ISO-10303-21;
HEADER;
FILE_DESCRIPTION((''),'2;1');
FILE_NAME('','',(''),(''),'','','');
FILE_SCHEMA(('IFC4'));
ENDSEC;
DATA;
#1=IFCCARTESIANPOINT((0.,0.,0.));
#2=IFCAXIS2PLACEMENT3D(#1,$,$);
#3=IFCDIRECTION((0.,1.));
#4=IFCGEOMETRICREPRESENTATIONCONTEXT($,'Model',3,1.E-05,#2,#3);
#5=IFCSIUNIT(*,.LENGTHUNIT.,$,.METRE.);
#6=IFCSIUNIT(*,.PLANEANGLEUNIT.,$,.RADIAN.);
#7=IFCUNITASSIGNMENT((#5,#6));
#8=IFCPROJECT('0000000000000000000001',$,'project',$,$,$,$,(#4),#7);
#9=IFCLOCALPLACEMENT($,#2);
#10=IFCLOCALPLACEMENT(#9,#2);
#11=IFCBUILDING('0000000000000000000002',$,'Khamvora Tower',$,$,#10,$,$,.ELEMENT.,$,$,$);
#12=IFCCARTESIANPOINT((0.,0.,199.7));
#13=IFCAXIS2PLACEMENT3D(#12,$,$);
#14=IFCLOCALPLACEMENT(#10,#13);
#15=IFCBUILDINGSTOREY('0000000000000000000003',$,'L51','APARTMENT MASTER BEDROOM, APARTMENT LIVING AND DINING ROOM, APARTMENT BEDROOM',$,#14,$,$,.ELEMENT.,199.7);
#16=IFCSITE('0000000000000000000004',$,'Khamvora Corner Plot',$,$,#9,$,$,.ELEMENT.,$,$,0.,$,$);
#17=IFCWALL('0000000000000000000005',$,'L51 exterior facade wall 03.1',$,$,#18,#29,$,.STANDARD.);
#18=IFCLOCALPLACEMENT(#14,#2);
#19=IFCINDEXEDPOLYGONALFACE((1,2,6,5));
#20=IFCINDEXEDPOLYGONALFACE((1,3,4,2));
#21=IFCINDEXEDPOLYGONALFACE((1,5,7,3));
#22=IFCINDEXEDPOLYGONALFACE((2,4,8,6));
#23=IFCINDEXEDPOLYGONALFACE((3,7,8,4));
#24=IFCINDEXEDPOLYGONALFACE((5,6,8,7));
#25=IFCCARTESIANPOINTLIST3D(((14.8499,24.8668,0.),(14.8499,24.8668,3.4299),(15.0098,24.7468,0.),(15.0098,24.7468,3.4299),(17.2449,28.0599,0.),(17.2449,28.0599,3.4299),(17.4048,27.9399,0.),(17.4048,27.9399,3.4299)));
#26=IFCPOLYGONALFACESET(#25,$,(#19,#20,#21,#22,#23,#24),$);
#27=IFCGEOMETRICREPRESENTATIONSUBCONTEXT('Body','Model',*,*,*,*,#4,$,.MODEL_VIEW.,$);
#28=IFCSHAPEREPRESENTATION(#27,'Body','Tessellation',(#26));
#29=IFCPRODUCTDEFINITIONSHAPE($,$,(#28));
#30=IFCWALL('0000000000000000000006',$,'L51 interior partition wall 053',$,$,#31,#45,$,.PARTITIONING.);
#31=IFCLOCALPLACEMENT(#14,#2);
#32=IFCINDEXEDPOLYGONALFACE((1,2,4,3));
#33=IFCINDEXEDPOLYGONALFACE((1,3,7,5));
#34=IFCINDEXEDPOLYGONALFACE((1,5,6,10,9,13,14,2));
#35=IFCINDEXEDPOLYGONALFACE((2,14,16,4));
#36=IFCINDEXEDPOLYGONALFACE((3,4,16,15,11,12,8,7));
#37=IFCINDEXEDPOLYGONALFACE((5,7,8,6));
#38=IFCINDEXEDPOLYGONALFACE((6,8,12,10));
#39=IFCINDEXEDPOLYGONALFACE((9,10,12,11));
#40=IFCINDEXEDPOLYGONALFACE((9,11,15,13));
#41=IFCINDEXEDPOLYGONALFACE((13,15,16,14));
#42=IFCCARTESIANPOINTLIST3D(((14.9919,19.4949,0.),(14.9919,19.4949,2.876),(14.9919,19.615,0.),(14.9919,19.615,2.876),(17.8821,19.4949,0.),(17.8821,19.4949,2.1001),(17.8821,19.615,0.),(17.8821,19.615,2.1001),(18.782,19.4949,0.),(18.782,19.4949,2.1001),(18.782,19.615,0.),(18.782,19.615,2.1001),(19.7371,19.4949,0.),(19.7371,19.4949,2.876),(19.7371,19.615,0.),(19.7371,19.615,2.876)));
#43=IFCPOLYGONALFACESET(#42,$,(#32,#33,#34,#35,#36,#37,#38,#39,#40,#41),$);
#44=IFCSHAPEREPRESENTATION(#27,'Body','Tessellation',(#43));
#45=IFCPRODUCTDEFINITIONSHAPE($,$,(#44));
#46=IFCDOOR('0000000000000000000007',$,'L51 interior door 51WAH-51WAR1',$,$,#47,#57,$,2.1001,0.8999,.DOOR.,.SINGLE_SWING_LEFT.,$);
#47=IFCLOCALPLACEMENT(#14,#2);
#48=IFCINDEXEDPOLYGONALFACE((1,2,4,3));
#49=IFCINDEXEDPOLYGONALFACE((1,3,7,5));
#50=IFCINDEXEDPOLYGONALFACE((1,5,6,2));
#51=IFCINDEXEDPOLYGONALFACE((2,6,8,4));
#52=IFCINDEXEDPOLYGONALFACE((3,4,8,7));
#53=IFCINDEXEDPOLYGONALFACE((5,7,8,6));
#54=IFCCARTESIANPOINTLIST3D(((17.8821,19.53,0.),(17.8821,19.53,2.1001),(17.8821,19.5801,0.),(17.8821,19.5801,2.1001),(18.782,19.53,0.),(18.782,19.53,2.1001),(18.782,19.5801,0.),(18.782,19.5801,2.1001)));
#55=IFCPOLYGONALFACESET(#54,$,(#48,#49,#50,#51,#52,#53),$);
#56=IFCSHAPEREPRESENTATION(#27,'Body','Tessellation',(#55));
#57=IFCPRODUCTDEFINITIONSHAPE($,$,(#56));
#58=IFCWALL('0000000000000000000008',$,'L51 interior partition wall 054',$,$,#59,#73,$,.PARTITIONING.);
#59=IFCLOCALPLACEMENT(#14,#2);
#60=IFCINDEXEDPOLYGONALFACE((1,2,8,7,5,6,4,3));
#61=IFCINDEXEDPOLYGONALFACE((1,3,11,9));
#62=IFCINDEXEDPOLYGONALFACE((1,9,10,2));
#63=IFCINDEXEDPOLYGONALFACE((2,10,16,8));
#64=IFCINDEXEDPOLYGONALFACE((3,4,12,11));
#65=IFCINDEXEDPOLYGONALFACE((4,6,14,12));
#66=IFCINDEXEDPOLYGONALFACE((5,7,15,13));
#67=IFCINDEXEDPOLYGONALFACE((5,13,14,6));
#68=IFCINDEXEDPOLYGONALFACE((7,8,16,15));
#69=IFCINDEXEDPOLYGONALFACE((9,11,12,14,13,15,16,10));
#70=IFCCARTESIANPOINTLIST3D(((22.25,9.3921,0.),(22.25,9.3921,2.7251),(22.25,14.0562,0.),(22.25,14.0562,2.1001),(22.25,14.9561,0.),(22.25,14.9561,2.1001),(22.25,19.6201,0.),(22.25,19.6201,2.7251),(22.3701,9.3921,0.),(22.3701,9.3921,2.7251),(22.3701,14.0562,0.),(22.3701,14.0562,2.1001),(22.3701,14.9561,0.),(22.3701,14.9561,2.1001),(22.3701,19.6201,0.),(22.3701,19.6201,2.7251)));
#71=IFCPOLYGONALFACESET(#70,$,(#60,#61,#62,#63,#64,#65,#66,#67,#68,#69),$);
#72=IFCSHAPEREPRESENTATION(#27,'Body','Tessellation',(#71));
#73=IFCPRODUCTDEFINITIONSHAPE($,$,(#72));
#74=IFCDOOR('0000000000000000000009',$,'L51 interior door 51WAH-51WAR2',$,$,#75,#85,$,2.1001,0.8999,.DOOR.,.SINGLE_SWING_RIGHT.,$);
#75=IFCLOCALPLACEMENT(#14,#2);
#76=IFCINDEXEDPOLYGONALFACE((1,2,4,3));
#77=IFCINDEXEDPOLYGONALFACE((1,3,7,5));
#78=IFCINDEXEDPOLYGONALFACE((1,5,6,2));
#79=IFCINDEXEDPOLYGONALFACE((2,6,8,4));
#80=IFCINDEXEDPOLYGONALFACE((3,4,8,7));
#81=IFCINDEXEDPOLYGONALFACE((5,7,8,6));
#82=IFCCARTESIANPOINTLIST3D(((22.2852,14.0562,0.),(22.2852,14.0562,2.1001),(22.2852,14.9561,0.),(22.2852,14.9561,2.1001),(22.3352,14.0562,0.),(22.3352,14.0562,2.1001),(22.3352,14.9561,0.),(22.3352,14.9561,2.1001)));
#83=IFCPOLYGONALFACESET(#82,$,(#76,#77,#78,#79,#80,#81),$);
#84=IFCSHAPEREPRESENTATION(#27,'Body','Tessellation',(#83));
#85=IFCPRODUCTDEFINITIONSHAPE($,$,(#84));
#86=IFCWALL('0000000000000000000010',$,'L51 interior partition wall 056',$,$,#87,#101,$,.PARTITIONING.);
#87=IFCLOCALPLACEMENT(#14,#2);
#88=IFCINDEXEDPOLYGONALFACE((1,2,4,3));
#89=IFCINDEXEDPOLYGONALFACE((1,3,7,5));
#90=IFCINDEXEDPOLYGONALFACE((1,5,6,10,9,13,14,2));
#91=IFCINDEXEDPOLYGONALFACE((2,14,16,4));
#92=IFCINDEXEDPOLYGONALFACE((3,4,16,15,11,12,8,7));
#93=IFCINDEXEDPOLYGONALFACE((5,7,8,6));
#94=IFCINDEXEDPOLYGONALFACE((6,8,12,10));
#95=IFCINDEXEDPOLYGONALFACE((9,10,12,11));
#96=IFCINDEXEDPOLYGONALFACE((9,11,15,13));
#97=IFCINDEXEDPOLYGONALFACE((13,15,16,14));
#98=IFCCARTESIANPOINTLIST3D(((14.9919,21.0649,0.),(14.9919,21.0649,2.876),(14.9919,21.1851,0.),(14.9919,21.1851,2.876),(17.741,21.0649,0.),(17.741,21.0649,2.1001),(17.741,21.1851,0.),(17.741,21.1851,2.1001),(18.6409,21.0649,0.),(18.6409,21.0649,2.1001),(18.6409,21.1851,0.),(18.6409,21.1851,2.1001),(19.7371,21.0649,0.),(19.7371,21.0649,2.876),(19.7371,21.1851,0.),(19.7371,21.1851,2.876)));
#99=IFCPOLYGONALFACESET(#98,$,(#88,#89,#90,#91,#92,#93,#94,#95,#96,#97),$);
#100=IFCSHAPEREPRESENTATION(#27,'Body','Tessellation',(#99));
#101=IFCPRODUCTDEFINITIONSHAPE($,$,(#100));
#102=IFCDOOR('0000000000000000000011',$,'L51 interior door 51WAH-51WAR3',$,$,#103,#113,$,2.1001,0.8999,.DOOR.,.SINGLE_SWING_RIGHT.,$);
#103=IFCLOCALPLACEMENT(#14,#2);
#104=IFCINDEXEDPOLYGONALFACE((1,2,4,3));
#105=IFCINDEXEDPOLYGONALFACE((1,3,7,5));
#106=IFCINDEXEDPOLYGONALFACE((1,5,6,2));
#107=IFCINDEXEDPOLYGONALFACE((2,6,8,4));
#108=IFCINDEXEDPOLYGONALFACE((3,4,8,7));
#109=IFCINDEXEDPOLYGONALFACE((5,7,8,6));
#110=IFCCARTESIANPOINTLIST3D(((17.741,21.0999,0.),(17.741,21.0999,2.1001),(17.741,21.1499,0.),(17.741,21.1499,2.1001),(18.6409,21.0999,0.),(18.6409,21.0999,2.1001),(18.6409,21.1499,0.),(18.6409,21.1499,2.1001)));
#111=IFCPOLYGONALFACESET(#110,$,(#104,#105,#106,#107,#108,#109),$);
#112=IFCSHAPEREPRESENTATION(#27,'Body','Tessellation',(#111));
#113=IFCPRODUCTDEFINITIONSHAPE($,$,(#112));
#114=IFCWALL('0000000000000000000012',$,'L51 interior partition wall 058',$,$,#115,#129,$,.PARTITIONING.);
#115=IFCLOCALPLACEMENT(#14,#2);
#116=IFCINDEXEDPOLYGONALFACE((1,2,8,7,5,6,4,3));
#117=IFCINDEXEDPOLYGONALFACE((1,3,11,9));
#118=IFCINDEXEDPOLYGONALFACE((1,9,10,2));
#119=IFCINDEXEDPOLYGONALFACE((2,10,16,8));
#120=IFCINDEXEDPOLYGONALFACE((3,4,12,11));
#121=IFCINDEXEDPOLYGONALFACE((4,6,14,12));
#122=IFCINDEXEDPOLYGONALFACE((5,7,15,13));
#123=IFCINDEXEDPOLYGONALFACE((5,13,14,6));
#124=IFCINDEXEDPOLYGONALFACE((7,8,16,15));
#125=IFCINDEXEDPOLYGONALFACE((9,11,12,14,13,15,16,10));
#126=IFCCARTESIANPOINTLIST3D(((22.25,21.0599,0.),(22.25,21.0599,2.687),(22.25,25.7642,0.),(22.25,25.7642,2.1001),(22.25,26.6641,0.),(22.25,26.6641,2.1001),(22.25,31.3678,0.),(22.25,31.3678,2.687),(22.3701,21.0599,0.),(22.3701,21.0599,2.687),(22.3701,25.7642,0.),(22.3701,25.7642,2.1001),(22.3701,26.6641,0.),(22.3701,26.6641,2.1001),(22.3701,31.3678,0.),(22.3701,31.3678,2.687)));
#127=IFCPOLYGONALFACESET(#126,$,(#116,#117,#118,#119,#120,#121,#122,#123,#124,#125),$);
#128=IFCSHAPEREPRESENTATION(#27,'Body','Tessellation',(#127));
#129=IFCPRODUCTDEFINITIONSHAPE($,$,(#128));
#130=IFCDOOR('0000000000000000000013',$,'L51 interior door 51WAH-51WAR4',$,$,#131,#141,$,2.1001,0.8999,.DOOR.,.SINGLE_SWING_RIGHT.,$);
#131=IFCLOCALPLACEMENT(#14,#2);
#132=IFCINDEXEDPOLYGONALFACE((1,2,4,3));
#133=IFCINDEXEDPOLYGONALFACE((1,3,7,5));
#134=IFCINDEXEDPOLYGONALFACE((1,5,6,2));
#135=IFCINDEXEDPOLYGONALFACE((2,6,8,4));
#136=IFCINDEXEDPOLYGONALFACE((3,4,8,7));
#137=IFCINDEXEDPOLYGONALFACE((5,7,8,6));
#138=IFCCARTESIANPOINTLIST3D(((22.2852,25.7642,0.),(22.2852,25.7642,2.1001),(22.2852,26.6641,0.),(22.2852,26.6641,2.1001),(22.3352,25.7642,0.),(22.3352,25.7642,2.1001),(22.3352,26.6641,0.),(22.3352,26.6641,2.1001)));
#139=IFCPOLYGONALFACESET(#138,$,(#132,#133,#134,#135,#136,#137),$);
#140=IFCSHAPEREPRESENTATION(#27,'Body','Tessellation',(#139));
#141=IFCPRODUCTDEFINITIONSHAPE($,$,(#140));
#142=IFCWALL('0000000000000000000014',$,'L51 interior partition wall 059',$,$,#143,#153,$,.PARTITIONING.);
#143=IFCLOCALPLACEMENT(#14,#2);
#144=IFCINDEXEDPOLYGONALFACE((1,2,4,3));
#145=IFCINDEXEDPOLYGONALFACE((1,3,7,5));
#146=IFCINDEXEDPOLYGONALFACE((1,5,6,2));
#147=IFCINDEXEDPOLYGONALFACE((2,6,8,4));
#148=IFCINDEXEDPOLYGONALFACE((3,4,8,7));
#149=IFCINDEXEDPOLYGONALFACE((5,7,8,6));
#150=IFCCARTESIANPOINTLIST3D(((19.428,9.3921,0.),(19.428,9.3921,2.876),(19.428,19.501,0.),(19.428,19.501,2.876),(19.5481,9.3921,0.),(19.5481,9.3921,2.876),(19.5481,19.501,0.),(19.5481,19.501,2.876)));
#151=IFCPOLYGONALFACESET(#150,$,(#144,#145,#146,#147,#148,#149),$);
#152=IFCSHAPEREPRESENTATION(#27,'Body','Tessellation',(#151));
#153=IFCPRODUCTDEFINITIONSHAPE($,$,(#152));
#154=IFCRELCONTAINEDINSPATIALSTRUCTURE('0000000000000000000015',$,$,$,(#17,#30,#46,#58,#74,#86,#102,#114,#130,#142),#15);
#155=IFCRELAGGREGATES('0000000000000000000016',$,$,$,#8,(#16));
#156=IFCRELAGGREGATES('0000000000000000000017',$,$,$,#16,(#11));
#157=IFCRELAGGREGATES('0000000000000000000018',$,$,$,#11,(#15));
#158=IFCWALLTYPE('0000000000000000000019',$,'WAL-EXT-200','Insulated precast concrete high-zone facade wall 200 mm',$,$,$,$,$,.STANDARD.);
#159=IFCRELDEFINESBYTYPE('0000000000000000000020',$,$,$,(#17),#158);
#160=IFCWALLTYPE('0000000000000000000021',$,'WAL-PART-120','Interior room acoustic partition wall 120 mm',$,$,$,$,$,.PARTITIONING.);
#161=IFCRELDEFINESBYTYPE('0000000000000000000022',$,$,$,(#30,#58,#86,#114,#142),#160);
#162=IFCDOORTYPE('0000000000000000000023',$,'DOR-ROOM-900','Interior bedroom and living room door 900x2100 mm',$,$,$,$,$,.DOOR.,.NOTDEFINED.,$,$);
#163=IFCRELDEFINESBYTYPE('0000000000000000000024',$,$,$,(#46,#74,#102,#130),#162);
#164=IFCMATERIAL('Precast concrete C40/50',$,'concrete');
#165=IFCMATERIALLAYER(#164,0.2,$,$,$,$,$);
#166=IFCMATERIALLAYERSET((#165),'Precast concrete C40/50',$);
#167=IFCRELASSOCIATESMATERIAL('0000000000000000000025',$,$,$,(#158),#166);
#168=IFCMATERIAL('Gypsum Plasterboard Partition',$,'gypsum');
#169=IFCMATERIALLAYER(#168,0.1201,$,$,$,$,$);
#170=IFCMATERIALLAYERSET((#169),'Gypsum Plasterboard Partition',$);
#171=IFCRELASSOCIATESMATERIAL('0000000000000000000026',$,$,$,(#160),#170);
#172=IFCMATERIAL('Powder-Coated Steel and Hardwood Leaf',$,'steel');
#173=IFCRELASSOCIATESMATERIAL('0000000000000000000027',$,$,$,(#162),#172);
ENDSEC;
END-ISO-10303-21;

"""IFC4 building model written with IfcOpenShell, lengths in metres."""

from ifc_helpers import new_model, si_unit, direction, frame, frame_2d, origin, place, context, subcontext, project, spatial, rectangle, extrude, material, layer, layer_set, type_object, element, fill, save


model = new_model("IFC4")

# Units and contexts
model_context = context("Model", 3, precision=1e-05, world=origin(), true_north=direction((0.0, 1.0)))
body_context = subcontext(model_context, "Body", "Model", "MODEL_VIEW")
ifc_project = project(units=[si_unit("LENGTHUNIT", "METRE"), si_unit("PLANEANGLEUNIT", "RADIAN")], contexts=[model_context])

# Site, building, storey
site_placement = place(None, origin())
site = spatial("IfcSite", under=ifc_project, at=site_placement, Name="Khamvora Corner Plot", CompositionType="ELEMENT", RefElevation=0.0)
building_placement = place(site_placement, origin())
building = spatial("IfcBuilding", under=site, at=building_placement, Name="Khamvora Tower", CompositionType="ELEMENT")
storey_placement = place(building_placement, frame((0.0, 0.0, 199.7)))
storey = spatial("IfcBuildingStorey", under=building, at=storey_placement, Name="L51", Description="APARTMENT MASTER BEDROOM, APARTMENT LIVING AND DINING ROOM, APARTMENT BEDROOM", CompositionType="ELEMENT", Elevation=199.7)

# Shared definitions
ifc_material_1 = material(Name="Precast concrete C40/50", Category="concrete")
ifc_layer_1 = layer(ifc_material_1, 0.2)
ifc_layer_set_1 = layer_set([ifc_layer_1], Name="Precast concrete C40/50")
wall_type_1 = type_object("IfcWallType", Name="WAL-EXT-200", Description="Insulated precast concrete high-zone facade wall 200 mm", PredefinedType="STANDARD", material=ifc_layer_set_1)

# Wall
wall_1_placement = place(storey_placement, frame((14.9299, 24.8069, 0.0), z_axis=(0.0, 0.0, 1.0), x_axis=(0.600029, 0.799978, 0.0)))
element("IfcWall", 1, at=wall_1_placement, inside=storey, type_object=wall_type_1, Name="L51 exterior facade wall 03.1", PredefinedType="STANDARD", context=body_context, shape_type="SweptSolid", body=[
    extrude(rectangle(XDim=3.9915, YDim=0.2, at=frame_2d((1.9956, 0.0))), origin(), (0.0, 0.0, 1.0), 3.4299),
])

# Walls, openings, doors
ifc_material_2 = material(Name="Gypsum Plasterboard Partition", Category="gypsum")
ifc_layer_2 = layer(ifc_material_2, 0.1201)
ifc_layer_set_2 = layer_set([ifc_layer_2], Name="Gypsum Plasterboard Partition")
wall_type_2 = type_object("IfcWallType", Name="WAL-PART-120", Description="Interior room acoustic partition wall 120 mm", PredefinedType="PARTITIONING", material=ifc_layer_set_2)
wall_2_placement = place(storey_placement, frame((19.7371, 19.5549, 0.0), z_axis=(0.0, 0.0, 1.0), x_axis=(-1.0, 0.0, 0.0)))
wall_2 = element("IfcWall", 2, at=wall_2_placement, inside=storey, type_object=wall_type_2, Name="L51 interior partition wall 053", PredefinedType="PARTITIONING", context=body_context, shape_type="SweptSolid", body=[
    extrude(rectangle(XDim=4.7451, YDim=0.1201, at=frame_2d((2.3726, 0.0))), origin(), (0.0, 0.0, 1.0), 2.876),
])
opening_1_placement = place(wall_2_placement, frame((0.9551, 0.0, 0.0)))
opening_1 = element("IfcOpeningElement", 3, at=opening_1_placement, cuts=wall_2, PredefinedType="OPENING", context=body_context, shape_type="SweptSolid", body=[
    extrude(rectangle(XDim=0.8999, YDim=2.1001, at=frame_2d((0.45, 1.05))), frame((0.0, 0.0701, 0.0), z_axis=(0.0, -1.0, 0.0), x_axis=(1.0, 0.0, 0.0)), (0.0, 0.0, 1.0), 0.1401),
])
ifc_material_3 = material(Name="Powder-Coated Steel and Hardwood Leaf", Category="steel")
door_type = type_object("IfcDoorType", Name="DOR-ROOM-900", Description="Interior bedroom and living room door 900x2100 mm", OperationType="NOTDEFINED", PredefinedType="DOOR", material=ifc_material_3)
door_1_placement = place(opening_1_placement, origin())
door_1 = element("IfcDoor", 4, at=door_1_placement, inside=storey, type_object=door_type, Name="L51 interior door 51WAH-51WAR1", OperationType="SINGLE_SWING_LEFT", OverallHeight=2.1001, OverallWidth=0.8999, PredefinedType="DOOR", context=body_context, shape_type="SweptSolid", body=[
    extrude(rectangle(XDim=0.8999, YDim=2.1001, at=frame_2d((0.45, 1.05))), frame((0.0, 0.0249, 0.0), z_axis=(0.0, -1.0, 0.0), x_axis=(1.0, 0.0, 0.0)), (0.0, 0.0, 1.0), 0.05),
])
fill(opening_1, door_1)
wall_3_placement = place(storey_placement, frame((22.3101, 9.3921, 0.0), z_axis=(0.0, 0.0, 1.0), x_axis=(0.0, 1.0, 0.0)))
wall_3 = element("IfcWall", 5, at=wall_3_placement, inside=storey, type_object=wall_type_2, Name="L51 interior partition wall 054", PredefinedType="PARTITIONING", context=body_context, shape_type="SweptSolid", body=[
    extrude(rectangle(XDim=10.228, YDim=0.1201, at=frame_2d((5.114, 0.0))), origin(), (0.0, 0.0, 1.0), 2.7251),
])
opening_2_placement = place(wall_3_placement, frame((4.6641, 0.0, 0.0)))
opening_2 = element("IfcOpeningElement", 6, at=opening_2_placement, cuts=wall_3, PredefinedType="OPENING", context=body_context, shape_type="SweptSolid", body=[
    extrude(rectangle(XDim=0.8999, YDim=2.1001, at=frame_2d((0.45, 1.05))), frame((0.0, 0.0701, 0.0), z_axis=(0.0, -1.0, 0.0), x_axis=(1.0, 0.0, 0.0)), (0.0, 0.0, 1.0), 0.1401),
])
door_2_placement = place(opening_2_placement, origin())
door_2 = element("IfcDoor", 7, at=door_2_placement, inside=storey, type_object=door_type, Name="L51 interior door 51WAH-51WAR2", OperationType="SINGLE_SWING_RIGHT", OverallHeight=2.1001, OverallWidth=0.8999, PredefinedType="DOOR", context=body_context, shape_type="SweptSolid", body=[
    extrude(rectangle(XDim=0.8999, YDim=2.1001, at=frame_2d((0.45, 1.05))), frame((0.0, 0.0249, 0.0), z_axis=(0.0, -1.0, 0.0), x_axis=(1.0, 0.0, 0.0)), (0.0, 0.0, 1.0), 0.05),
])
fill(opening_2, door_2)
wall_4_placement = place(storey_placement, frame((14.9919, 21.125, 0.0), z_axis=(0.0, 0.0, 1.0), x_axis=(1.0, 0.0, 0.0)))
wall_4 = element("IfcWall", 8, at=wall_4_placement, inside=storey, type_object=wall_type_2, Name="L51 interior partition wall 056", PredefinedType="PARTITIONING", context=body_context, shape_type="SweptSolid", body=[
    extrude(rectangle(XDim=4.7451, YDim=0.1201, at=frame_2d((2.3726, 0.0))), origin(), (0.0, 0.0, 1.0), 2.876),
])
opening_3_placement = place(wall_4_placement, frame((2.749, 0.0, 0.0)))
opening_3 = element("IfcOpeningElement", 9, at=opening_3_placement, cuts=wall_4, PredefinedType="OPENING", context=body_context, shape_type="SweptSolid", body=[
    extrude(rectangle(XDim=0.8999, YDim=2.1001, at=frame_2d((0.45, 1.05))), frame((0.0, 0.0701, 0.0), z_axis=(0.0, -1.0, 0.0), x_axis=(1.0, 0.0, 0.0)), (0.0, 0.0, 1.0), 0.1401),
])
door_3_placement = place(opening_3_placement, origin())
door_3 = element("IfcDoor", 10, at=door_3_placement, inside=storey, type_object=door_type, Name="L51 interior door 51WAH-51WAR3", OperationType="SINGLE_SWING_RIGHT", OverallHeight=2.1001, OverallWidth=0.8999, PredefinedType="DOOR", context=body_context, shape_type="SweptSolid", body=[
    extrude(rectangle(XDim=0.8999, YDim=2.1001, at=frame_2d((0.45, 1.05))), frame((0.0, 0.0249, 0.0), z_axis=(0.0, -1.0, 0.0), x_axis=(1.0, 0.0, 0.0)), (0.0, 0.0, 1.0), 0.05),
])
fill(opening_3, door_3)

# Wall, opening, door
wall_5_placement = place(storey_placement, frame((22.3101, 21.0601, 0.0), z_axis=(0.0, 0.0, 1.0), x_axis=(0.0, 1.0, 0.0)))
wall_5 = element("IfcWall", 11, at=wall_5_placement, inside=storey, type_object=wall_type_2, Name="L51 interior partition wall 058", PredefinedType="PARTITIONING", context=body_context, shape_type="SweptSolid", body=[
    extrude(rectangle(XDim=10.3079, YDim=0.1201, at=frame_2d((5.1538, 0.0))), origin(), (0.0, 0.0, 1.0), 2.687),
])
opening_4_placement = place(wall_5_placement, frame((4.7041, 0.0, 0.0)))
opening_4 = element("IfcOpeningElement", 12, at=opening_4_placement, cuts=wall_5, PredefinedType="OPENING", context=body_context, shape_type="SweptSolid", body=[
    extrude(rectangle(XDim=0.8999, YDim=2.1001, at=frame_2d((0.45, 1.05))), frame((0.0, 0.0701, 0.0), z_axis=(0.0, -1.0, 0.0), x_axis=(1.0, 0.0, 0.0)), (0.0, 0.0, 1.0), 0.1401),
])
door_4_placement = place(opening_4_placement, origin())
door_4 = element("IfcDoor", 13, at=door_4_placement, inside=storey, type_object=door_type, Name="L51 interior door 51WAH-51WAR4", OperationType="SINGLE_SWING_RIGHT", OverallHeight=2.1001, OverallWidth=0.8999, PredefinedType="DOOR", context=body_context, shape_type="SweptSolid", body=[
    extrude(rectangle(XDim=0.8999, YDim=2.1001, at=frame_2d((0.45, 1.05))), frame((0.0, 0.0249, 0.0), z_axis=(0.0, -1.0, 0.0), x_axis=(1.0, 0.0, 0.0)), (0.0, 0.0, 1.0), 0.05),
])
fill(opening_4, door_4)

# Wall
wall_6_placement = place(storey_placement, frame((19.488, 19.501, 0.0), z_axis=(0.0, 0.0, 1.0), x_axis=(0.0, -1.0, 0.0)))
element("IfcWall", 14, at=wall_6_placement, inside=storey, type_object=wall_type_2, Name="L51 interior partition wall 059", PredefinedType="PARTITIONING", context=body_context, shape_type="SweptSolid", body=[
    extrude(rectangle(XDim=10.1089, YDim=0.1201, at=frame_2d((5.0544, 0.0))), origin(), (0.0, 0.0, 1.0), 2.876),
])

save(model, "model.ifc")
